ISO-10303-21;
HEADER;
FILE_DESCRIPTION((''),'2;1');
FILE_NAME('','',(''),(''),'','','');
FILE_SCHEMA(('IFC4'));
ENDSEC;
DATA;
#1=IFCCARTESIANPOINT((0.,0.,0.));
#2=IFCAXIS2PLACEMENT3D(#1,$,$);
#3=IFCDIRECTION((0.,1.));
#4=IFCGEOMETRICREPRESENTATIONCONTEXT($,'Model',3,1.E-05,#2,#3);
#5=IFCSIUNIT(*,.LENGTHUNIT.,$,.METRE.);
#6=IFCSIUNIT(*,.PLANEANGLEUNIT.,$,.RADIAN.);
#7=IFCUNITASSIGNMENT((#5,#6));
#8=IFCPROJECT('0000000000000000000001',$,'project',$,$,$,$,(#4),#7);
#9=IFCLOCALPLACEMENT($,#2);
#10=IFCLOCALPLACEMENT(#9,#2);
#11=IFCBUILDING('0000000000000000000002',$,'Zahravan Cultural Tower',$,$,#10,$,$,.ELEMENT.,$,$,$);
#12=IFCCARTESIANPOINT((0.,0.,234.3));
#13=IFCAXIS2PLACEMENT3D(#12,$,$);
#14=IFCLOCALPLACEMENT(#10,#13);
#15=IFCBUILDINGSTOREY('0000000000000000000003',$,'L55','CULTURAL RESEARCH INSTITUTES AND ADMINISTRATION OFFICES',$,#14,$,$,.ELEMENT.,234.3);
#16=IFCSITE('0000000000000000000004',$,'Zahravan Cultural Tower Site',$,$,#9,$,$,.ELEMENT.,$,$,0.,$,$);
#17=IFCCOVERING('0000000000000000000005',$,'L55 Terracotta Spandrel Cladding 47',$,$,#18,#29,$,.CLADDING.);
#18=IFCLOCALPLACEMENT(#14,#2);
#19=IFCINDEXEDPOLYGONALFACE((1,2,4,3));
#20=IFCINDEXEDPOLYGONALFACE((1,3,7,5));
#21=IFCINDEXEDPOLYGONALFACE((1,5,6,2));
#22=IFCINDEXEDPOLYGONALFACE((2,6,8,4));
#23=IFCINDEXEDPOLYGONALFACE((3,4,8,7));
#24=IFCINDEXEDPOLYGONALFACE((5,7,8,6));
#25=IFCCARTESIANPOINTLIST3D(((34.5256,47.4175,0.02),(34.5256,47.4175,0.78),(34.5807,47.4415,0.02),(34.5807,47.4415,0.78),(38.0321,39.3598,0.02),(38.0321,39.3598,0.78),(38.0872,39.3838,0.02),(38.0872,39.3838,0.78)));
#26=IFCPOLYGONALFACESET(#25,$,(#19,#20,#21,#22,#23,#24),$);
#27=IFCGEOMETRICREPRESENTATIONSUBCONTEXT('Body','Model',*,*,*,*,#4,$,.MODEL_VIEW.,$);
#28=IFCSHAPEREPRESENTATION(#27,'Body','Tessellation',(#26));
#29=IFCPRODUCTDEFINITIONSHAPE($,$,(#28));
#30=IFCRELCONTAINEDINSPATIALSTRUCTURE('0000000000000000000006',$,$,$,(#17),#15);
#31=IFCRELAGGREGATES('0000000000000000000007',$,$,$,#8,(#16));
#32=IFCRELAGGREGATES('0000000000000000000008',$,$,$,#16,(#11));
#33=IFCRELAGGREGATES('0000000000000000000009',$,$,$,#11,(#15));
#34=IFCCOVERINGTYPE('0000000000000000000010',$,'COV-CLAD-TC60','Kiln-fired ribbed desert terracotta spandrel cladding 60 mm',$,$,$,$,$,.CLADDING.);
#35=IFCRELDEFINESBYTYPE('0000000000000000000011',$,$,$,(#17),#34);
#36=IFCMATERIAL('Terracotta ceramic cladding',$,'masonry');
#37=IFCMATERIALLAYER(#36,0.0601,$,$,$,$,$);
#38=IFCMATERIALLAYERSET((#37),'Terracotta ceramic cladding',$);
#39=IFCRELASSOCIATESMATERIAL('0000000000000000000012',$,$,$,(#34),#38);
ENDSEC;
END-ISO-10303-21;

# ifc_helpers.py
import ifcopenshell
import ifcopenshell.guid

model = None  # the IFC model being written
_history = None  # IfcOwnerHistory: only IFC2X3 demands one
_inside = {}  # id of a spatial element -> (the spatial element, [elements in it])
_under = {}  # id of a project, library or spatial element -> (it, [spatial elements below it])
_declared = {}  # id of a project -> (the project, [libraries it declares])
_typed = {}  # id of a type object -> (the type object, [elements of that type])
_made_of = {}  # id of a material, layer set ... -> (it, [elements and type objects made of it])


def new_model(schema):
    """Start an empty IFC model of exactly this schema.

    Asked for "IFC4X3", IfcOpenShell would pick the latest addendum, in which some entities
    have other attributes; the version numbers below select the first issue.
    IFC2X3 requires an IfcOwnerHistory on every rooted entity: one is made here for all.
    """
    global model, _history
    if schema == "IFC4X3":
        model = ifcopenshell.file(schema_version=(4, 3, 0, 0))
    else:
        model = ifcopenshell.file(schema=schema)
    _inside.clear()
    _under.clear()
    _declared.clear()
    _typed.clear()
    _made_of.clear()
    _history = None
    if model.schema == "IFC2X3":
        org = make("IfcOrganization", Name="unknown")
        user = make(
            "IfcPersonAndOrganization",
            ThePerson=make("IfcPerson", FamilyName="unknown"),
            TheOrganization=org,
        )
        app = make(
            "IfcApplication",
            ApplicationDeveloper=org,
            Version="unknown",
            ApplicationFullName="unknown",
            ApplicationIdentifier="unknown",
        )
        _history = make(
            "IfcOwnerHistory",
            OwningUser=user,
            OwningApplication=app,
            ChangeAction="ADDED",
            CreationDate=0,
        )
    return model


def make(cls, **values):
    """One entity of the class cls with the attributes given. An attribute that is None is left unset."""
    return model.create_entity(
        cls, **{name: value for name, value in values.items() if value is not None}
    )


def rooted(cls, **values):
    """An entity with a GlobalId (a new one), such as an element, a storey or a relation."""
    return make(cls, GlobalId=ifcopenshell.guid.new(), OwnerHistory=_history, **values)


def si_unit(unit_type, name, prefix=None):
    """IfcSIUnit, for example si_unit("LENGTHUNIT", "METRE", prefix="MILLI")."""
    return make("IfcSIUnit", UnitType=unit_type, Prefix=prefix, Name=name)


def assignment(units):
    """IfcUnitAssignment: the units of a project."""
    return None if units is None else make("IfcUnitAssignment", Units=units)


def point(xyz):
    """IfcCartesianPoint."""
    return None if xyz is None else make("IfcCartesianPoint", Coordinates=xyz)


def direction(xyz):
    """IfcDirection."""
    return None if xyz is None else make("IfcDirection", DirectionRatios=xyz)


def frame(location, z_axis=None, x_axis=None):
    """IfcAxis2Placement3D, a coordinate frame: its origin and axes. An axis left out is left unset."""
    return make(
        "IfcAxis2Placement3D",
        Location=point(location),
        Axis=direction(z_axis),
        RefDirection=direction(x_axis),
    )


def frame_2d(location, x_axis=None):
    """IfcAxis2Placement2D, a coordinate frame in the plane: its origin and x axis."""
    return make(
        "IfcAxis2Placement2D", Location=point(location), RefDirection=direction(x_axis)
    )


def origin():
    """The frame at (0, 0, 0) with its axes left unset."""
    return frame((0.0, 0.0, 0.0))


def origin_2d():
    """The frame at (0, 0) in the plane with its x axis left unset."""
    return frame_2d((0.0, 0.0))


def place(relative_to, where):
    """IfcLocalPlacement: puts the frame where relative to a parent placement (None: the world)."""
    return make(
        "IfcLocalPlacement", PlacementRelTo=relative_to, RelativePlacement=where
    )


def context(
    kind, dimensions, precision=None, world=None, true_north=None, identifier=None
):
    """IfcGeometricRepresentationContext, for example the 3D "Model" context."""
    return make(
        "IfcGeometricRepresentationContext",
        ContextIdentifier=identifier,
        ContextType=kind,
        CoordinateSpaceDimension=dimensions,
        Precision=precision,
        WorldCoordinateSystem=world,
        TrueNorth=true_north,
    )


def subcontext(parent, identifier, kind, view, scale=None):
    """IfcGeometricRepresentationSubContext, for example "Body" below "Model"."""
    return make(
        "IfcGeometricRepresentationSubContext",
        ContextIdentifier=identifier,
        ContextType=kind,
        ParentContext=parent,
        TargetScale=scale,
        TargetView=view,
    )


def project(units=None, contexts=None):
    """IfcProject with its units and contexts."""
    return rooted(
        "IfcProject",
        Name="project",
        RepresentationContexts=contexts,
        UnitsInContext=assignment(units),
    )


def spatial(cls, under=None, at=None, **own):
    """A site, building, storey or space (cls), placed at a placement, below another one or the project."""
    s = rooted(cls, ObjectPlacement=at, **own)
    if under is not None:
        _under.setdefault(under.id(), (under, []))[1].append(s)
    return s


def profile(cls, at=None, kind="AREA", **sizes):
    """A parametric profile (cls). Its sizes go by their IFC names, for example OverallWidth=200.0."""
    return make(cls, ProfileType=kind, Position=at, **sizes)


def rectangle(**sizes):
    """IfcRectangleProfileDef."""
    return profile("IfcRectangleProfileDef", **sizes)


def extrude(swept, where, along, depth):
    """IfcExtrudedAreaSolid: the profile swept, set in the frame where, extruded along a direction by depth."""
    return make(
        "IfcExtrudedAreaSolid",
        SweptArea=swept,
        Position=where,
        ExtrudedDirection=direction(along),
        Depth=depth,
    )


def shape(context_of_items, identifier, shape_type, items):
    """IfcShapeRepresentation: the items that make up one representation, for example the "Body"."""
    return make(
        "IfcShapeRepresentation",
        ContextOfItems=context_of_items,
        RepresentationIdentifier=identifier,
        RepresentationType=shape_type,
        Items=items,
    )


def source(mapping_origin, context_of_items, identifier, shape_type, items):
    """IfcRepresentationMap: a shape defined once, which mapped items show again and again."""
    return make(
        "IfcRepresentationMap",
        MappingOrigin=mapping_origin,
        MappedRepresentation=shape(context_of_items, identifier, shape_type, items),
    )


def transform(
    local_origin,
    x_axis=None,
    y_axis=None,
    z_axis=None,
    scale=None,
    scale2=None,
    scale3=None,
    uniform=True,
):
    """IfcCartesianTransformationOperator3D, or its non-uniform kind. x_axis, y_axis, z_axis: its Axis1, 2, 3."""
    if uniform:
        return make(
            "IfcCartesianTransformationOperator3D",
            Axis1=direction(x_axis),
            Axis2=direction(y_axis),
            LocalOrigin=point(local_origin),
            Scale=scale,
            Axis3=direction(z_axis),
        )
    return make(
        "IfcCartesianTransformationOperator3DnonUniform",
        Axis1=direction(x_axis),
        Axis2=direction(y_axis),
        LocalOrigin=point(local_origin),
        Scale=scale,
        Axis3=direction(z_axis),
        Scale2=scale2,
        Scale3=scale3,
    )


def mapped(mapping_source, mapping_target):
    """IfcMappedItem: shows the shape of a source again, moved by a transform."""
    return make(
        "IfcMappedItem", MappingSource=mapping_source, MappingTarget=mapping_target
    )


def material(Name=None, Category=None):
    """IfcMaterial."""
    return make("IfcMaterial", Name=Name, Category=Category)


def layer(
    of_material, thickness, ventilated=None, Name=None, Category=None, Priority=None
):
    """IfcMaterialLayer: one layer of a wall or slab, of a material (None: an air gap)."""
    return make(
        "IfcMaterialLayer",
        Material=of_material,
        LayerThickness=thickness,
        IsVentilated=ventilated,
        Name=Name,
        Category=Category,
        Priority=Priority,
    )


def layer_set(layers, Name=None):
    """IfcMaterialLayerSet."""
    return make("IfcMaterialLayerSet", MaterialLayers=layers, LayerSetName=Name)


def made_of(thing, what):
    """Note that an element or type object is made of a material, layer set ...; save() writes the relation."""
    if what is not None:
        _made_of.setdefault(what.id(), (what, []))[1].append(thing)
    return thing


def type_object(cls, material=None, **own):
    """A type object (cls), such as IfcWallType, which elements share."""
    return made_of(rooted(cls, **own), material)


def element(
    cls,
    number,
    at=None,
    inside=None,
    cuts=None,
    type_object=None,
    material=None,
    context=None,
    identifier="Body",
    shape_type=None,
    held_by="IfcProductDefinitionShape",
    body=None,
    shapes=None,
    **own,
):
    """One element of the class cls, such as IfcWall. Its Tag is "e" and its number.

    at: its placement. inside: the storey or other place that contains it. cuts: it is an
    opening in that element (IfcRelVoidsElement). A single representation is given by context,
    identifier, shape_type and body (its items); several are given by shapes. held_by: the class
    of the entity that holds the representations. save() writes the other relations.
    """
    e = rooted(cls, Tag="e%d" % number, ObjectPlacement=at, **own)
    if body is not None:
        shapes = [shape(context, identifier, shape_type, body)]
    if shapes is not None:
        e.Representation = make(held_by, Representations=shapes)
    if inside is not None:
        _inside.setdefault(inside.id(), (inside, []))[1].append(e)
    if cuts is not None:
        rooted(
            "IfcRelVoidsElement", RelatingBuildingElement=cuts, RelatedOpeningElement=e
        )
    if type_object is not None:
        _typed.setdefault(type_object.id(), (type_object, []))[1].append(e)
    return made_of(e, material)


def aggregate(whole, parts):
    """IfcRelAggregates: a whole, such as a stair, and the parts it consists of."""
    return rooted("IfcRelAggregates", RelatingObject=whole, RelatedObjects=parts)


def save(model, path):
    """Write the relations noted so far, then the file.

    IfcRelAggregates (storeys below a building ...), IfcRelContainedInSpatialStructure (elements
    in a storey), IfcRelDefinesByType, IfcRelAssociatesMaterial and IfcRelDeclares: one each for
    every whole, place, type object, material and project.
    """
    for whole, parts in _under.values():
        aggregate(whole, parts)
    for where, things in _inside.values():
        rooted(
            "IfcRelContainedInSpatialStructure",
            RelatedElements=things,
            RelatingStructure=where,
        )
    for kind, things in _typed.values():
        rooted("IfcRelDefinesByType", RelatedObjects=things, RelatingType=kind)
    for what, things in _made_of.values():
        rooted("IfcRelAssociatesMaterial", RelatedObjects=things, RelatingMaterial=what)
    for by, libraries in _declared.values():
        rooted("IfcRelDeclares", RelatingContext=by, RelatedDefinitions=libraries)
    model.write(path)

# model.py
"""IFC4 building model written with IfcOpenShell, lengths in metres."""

from ifc_helpers import new_model, si_unit, direction, frame, origin, origin_2d, place, context, subcontext, project, spatial, rectangle, extrude, source, transform, mapped, material, layer, layer_set, type_object, element, save


model = new_model("IFC4")

# Units and contexts
model_context = context("Model", 3, precision=1e-05, world=origin(), true_north=direction((0.0, 1.0)))
body_context = subcontext(model_context, "Body", "Model", "MODEL_VIEW")
ifc_project = project(units=[si_unit("LENGTHUNIT", "METRE"), si_unit("PLANEANGLEUNIT", "RADIAN")], contexts=[model_context])

# Site, building, storey
site_placement = place(None, origin())
site = spatial("IfcSite", under=ifc_project, at=site_placement, Name="Zahravan Cultural Tower Site", CompositionType="ELEMENT", RefElevation=0.0)
building_placement = place(site_placement, origin())
building = spatial("IfcBuilding", under=site, at=building_placement, Name="Zahravan Cultural Tower", CompositionType="ELEMENT")
storey_placement = place(building_placement, frame((0.0, 0.0, 234.3)))
storey = spatial("IfcBuildingStorey", under=building, at=storey_placement, Name="L55", Description="CULTURAL RESEARCH INSTITUTES AND ADMINISTRATION OFFICES", CompositionType="ELEMENT", Elevation=234.3)

# Covering
ifc_material_1 = material(Name="Terracotta ceramic cladding", Category="masonry")
ifc_layer_1 = layer(ifc_material_1, 0.0601)
ifc_layer_set_1 = layer_set([ifc_layer_1], Name="Terracotta ceramic cladding")
covering_type = type_object("IfcCoveringType", Name="COV-CLAD-TC60", Description="Kiln-fired ribbed desert terracotta spandrel cladding 60 mm", PredefinedType="CLADDING", material=ifc_layer_set_1)
shared_shape_1 = source(origin(), body_context, "Body", "SweptSolid", [
    extrude(rectangle(XDim=8.7876, YDim=0.0601, at=origin_2d()), origin(), (0.0, 0.0, 1.0), 0.76),
])
covering_placement = place(storey_placement, frame((36.3064, 43.4006, 0.02), z_axis=(0.0, 0.0, 1.0), x_axis=(0.399021, -0.916942, 0.0)))
element("IfcCovering", 1, at=covering_placement, inside=storey, type_object=covering_type, Name="L55 Terracotta Spandrel Cladding 47", PredefinedType="CLADDING", context=body_context, shape_type="MappedRepresentation", body=[
    mapped(shared_shape_1, transform((0.0, 0.0, 0.0), x_axis=(1.0, 0.0, 0.0), y_axis=(0.0, 1.0, 0.0), z_axis=(0.0, 0.0, 1.0), scale=1.0)),
])

save(model, "model.ifc")
